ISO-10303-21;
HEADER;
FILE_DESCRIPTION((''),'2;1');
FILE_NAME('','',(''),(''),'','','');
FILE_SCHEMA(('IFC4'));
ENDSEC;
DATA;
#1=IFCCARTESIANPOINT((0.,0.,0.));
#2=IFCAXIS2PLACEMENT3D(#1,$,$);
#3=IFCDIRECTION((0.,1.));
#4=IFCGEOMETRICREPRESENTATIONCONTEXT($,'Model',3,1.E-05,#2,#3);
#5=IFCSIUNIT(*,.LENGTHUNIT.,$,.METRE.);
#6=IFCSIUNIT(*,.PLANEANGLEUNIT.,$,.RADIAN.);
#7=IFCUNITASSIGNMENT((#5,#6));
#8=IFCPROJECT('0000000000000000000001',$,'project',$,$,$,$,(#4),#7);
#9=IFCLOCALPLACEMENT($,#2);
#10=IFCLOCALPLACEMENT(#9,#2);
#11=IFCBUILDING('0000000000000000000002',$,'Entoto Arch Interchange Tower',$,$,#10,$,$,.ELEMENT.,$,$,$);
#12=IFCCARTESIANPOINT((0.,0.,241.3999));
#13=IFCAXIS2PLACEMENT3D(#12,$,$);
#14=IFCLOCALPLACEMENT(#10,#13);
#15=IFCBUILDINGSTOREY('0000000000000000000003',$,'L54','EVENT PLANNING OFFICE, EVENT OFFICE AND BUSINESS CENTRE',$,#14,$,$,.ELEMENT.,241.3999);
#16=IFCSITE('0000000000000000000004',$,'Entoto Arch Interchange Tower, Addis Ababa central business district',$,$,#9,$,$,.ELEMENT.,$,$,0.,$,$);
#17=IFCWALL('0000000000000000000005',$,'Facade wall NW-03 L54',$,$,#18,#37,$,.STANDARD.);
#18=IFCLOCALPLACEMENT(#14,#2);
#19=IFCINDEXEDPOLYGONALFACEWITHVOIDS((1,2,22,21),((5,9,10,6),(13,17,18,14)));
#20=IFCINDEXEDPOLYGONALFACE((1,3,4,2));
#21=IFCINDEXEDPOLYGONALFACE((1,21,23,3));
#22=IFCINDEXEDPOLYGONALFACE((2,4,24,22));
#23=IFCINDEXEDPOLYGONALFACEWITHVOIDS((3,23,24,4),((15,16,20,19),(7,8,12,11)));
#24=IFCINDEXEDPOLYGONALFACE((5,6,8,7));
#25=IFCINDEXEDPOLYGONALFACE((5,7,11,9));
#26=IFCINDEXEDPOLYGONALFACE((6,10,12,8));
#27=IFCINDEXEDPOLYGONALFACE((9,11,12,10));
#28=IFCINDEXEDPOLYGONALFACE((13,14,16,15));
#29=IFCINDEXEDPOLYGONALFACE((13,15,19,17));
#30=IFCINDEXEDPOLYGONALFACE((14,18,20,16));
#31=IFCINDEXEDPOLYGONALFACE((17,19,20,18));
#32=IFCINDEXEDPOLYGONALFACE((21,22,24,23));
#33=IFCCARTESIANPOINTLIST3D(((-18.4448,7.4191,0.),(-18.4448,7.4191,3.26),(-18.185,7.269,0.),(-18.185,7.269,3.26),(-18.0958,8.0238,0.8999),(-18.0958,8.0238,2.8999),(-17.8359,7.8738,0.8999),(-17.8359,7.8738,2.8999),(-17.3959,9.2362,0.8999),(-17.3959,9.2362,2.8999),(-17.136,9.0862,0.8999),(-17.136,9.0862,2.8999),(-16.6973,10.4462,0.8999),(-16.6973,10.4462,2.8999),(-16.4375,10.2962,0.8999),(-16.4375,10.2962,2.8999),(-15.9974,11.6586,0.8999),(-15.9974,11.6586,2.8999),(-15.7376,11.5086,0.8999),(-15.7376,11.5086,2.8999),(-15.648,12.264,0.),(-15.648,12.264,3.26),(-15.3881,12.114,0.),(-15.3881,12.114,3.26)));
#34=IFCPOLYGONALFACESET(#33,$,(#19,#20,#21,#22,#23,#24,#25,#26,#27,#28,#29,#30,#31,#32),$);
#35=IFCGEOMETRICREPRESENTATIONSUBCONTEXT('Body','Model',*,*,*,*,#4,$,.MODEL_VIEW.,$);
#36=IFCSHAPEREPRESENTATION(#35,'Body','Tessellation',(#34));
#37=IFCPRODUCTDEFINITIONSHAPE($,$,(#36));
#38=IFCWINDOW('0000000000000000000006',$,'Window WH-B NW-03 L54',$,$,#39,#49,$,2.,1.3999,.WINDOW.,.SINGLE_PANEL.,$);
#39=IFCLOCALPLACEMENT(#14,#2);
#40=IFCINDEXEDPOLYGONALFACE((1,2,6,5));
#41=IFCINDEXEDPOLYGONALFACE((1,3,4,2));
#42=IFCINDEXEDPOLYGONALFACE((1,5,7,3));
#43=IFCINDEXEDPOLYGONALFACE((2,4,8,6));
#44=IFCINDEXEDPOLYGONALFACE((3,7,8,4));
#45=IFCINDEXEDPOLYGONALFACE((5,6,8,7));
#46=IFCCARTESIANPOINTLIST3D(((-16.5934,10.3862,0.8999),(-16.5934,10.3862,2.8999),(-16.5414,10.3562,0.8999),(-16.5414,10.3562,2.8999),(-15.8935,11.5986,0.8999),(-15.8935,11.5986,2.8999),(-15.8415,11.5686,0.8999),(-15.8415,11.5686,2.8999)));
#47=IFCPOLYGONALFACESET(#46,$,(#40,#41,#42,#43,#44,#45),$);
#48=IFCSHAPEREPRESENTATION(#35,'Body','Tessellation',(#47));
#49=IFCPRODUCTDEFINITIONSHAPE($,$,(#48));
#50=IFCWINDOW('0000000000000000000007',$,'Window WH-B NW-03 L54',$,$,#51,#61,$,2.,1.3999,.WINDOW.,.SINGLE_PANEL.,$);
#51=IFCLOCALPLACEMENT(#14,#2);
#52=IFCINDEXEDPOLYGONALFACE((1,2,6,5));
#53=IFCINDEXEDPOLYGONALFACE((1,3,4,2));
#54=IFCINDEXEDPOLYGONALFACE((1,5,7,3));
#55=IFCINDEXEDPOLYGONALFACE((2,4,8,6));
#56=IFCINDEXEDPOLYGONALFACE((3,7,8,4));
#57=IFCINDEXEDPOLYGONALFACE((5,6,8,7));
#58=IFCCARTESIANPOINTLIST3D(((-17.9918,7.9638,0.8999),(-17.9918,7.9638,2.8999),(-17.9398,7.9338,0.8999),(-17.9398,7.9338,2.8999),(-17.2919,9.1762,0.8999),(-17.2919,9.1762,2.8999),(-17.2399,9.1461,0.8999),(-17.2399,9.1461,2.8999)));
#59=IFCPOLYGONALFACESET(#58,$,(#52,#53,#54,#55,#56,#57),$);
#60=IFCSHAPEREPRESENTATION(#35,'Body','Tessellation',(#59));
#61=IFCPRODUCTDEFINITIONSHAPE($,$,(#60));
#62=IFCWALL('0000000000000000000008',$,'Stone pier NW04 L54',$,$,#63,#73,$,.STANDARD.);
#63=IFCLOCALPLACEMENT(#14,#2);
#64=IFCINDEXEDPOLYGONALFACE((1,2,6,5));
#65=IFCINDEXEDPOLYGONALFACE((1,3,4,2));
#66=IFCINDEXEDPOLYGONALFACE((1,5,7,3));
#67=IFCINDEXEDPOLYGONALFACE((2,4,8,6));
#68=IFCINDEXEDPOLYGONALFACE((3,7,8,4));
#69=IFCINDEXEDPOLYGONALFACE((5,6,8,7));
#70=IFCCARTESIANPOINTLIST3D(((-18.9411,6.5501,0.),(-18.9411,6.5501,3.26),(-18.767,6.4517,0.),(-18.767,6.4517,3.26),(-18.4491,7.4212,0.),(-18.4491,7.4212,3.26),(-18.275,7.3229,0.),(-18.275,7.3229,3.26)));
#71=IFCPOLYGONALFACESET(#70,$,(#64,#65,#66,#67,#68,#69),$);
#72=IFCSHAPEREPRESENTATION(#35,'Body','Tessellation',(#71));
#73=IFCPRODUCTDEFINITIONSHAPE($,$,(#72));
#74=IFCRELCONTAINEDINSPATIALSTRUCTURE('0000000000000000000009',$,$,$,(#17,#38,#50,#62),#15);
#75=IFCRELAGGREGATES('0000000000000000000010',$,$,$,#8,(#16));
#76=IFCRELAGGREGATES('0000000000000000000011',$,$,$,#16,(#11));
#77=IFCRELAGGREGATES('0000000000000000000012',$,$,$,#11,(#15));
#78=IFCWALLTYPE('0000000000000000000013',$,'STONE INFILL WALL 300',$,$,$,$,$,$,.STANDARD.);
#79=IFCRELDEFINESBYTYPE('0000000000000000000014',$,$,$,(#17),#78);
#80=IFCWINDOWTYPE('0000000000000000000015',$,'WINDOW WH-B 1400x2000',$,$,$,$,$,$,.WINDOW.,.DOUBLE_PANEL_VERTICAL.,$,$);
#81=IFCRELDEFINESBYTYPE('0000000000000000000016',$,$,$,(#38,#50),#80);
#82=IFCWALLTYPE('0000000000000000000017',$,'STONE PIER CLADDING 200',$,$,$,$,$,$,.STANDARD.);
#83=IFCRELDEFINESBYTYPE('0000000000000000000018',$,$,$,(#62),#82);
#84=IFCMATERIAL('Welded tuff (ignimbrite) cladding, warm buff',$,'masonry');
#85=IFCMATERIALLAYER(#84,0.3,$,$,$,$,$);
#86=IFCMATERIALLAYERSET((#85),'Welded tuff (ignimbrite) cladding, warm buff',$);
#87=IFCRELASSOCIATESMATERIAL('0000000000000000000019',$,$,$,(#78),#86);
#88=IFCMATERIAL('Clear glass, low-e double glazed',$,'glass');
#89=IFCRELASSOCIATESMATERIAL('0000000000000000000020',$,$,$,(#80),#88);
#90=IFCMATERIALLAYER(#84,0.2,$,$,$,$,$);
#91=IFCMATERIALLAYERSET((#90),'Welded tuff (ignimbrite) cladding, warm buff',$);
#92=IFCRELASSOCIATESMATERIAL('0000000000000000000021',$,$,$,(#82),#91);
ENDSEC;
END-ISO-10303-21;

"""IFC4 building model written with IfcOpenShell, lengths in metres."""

from ifc_helpers import new_model, si_unit, direction, frame, frame_2d, origin, place, context, subcontext, project, spatial, rectangle, extrude, material, layer, layer_set, type_object, element, fill, save


model = new_model("IFC4")

# Units and contexts
model_context = context("Model", 3, precision=1e-05, world=origin(), true_north=direction((0.0, 1.0)))
body_context = subcontext(model_context, "Body", "Model", "MODEL_VIEW")
ifc_project = project(units=[si_unit("LENGTHUNIT", "METRE"), si_unit("PLANEANGLEUNIT", "RADIAN")], contexts=[model_context])

# Site, building, storey
site_placement = place(None, origin())
site = spatial("IfcSite", under=ifc_project, at=site_placement, Name="Entoto Arch Interchange Tower, Addis Ababa central business district", CompositionType="ELEMENT", RefElevation=0.0)
building_placement = place(site_placement, origin())
building = spatial("IfcBuilding", under=site, at=building_placement, Name="Entoto Arch Interchange Tower", CompositionType="ELEMENT")
storey_placement = place(building_placement, frame((0.0, 0.0, 241.3999)))
storey = spatial("IfcBuildingStorey", under=building, at=storey_placement, Name="L54", Description="EVENT PLANNING OFFICE, EVENT OFFICE AND BUSINESS CENTRE", CompositionType="ELEMENT", Elevation=241.3999)

# Wall, openings, windows
ifc_material_1 = material(Name="Welded tuff (ignimbrite) cladding, warm buff", Category="masonry")
ifc_layer_1 = layer(ifc_material_1, 0.3)
ifc_layer_set_1 = layer_set([ifc_layer_1], Name="Welded tuff (ignimbrite) cladding, warm buff")
wall_type_1 = type_object("IfcWallType", Name="STONE INFILL WALL 300", PredefinedType="STANDARD", material=ifc_layer_set_1)
wall_1_placement = place(storey_placement, frame((-15.5181, 12.189, 0.0), z_axis=(0.0, 0.0, 1.0), x_axis=(-0.49995, -0.866054, 0.0)))
wall_1 = element("IfcWall", 1, at=wall_1_placement, inside=storey, type_object=wall_type_1, Name="Facade wall NW-03 L54", PredefinedType="STANDARD", context=body_context, shape_type="SweptSolid", body=[
    extrude(rectangle(XDim=5.5942, YDim=0.3, at=frame_2d((2.7971, 0.0))), origin(), (0.0, 0.0, 1.0), 3.26),
])
opening_1_placement = place(wall_1_placement, frame((0.699, 0.0, 0.8999)))
opening_1 = element("IfcOpeningElement", 2, at=opening_1_placement, cuts=wall_1, PredefinedType="OPENING", context=body_context, shape_type="SweptSolid", body=[
    extrude(rectangle(XDim=1.3999, YDim=2.0, at=frame_2d((0.7, 1.0))), frame((0.0, 0.1602, 0.0), z_axis=(0.0, -1.0, 0.0), x_axis=(1.0, 0.0, 0.0)), (0.0, 0.0, 1.0), 0.3201),
])
opening_2_placement = place(wall_1_placement, frame((3.4961, 0.0, 0.8999)))
opening_2 = element("IfcOpeningElement", 3, at=opening_2_placement, cuts=wall_1, PredefinedType="OPENING", context=body_context, shape_type="SweptSolid", body=[
    extrude(rectangle(XDim=1.3999, YDim=2.0, at=frame_2d((0.7, 1.0))), frame((0.0, 0.1602, 0.0), z_axis=(0.0, -1.0, 0.0), x_axis=(1.0, 0.0, 0.0)), (0.0, 0.0, 1.0), 0.3201),
])
ifc_material_2 = material(Name="Clear glass, low-e double glazed", Category="glass")
window_type = type_object("IfcWindowType", Name="WINDOW WH-B 1400x2000", PartitioningType="DOUBLE_PANEL_VERTICAL", PredefinedType="WINDOW", material=ifc_material_2)
window_1_placement = place(opening_1_placement, origin())
window_1 = element("IfcWindow", 4, at=window_1_placement, inside=storey, type_object=window_type, Name="Window WH-B NW-03 L54", OverallHeight=2.0, OverallWidth=1.3999, PartitioningType="SINGLE_PANEL", PredefinedType="WINDOW", context=body_context, shape_type="SweptSolid", body=[
    extrude(rectangle(XDim=1.3999, YDim=2.0, at=frame_2d((0.7, 1.0))), frame((0.0, 0.03, 0.0), z_axis=(0.0, -1.0, 0.0), x_axis=(1.0, 0.0, 0.0)), (0.0, 0.0, 1.0), 0.0601),
])
fill(opening_1, window_1)
window_2_placement = place(opening_2_placement, origin())
window_2 = element("IfcWindow", 5, at=window_2_placement, inside=storey, type_object=window_type, Name="Window WH-B NW-03 L54", OverallHeight=2.0, OverallWidth=1.3999, PartitioningType="SINGLE_PANEL", PredefinedType="WINDOW", context=body_context, shape_type="SweptSolid", body=[
    extrude(rectangle(XDim=1.3999, YDim=2.0, at=frame_2d((0.7, 1.0))), frame((0.0, 0.03, 0.0), z_axis=(0.0, -1.0, 0.0), x_axis=(1.0, 0.0, 0.0)), (0.0, 0.0, 1.0), 0.0601),
])
fill(opening_2, window_2)

# Wall
ifc_layer_2 = layer(ifc_material_1, 0.2)
ifc_layer_set_2 = layer_set([ifc_layer_2], Name="Welded tuff (ignimbrite) cladding, warm buff")
wall_type_2 = type_object("IfcWallType", Name="STONE PIER CLADDING 200", PredefinedType="STANDARD", material=ifc_layer_set_2)
wall_2_placement = place(storey_placement, frame((-18.3621, 7.3721, 0.0), z_axis=(0.0, 0.0, 1.0), x_axis=(-0.491744, -0.87074, 0.0)))
element("IfcWall", 6, at=wall_2_placement, inside=storey, type_object=wall_type_2, Name="Stone pier NW04 L54", PredefinedType="STANDARD", context=body_context, shape_type="SweptSolid", body=[
    extrude(rectangle(XDim=1.0005, YDim=0.2, at=frame_2d((0.5002, 0.0))), origin(), (0.0, 0.0, 1.0), 3.26),
])

save(model, "model.ifc")
